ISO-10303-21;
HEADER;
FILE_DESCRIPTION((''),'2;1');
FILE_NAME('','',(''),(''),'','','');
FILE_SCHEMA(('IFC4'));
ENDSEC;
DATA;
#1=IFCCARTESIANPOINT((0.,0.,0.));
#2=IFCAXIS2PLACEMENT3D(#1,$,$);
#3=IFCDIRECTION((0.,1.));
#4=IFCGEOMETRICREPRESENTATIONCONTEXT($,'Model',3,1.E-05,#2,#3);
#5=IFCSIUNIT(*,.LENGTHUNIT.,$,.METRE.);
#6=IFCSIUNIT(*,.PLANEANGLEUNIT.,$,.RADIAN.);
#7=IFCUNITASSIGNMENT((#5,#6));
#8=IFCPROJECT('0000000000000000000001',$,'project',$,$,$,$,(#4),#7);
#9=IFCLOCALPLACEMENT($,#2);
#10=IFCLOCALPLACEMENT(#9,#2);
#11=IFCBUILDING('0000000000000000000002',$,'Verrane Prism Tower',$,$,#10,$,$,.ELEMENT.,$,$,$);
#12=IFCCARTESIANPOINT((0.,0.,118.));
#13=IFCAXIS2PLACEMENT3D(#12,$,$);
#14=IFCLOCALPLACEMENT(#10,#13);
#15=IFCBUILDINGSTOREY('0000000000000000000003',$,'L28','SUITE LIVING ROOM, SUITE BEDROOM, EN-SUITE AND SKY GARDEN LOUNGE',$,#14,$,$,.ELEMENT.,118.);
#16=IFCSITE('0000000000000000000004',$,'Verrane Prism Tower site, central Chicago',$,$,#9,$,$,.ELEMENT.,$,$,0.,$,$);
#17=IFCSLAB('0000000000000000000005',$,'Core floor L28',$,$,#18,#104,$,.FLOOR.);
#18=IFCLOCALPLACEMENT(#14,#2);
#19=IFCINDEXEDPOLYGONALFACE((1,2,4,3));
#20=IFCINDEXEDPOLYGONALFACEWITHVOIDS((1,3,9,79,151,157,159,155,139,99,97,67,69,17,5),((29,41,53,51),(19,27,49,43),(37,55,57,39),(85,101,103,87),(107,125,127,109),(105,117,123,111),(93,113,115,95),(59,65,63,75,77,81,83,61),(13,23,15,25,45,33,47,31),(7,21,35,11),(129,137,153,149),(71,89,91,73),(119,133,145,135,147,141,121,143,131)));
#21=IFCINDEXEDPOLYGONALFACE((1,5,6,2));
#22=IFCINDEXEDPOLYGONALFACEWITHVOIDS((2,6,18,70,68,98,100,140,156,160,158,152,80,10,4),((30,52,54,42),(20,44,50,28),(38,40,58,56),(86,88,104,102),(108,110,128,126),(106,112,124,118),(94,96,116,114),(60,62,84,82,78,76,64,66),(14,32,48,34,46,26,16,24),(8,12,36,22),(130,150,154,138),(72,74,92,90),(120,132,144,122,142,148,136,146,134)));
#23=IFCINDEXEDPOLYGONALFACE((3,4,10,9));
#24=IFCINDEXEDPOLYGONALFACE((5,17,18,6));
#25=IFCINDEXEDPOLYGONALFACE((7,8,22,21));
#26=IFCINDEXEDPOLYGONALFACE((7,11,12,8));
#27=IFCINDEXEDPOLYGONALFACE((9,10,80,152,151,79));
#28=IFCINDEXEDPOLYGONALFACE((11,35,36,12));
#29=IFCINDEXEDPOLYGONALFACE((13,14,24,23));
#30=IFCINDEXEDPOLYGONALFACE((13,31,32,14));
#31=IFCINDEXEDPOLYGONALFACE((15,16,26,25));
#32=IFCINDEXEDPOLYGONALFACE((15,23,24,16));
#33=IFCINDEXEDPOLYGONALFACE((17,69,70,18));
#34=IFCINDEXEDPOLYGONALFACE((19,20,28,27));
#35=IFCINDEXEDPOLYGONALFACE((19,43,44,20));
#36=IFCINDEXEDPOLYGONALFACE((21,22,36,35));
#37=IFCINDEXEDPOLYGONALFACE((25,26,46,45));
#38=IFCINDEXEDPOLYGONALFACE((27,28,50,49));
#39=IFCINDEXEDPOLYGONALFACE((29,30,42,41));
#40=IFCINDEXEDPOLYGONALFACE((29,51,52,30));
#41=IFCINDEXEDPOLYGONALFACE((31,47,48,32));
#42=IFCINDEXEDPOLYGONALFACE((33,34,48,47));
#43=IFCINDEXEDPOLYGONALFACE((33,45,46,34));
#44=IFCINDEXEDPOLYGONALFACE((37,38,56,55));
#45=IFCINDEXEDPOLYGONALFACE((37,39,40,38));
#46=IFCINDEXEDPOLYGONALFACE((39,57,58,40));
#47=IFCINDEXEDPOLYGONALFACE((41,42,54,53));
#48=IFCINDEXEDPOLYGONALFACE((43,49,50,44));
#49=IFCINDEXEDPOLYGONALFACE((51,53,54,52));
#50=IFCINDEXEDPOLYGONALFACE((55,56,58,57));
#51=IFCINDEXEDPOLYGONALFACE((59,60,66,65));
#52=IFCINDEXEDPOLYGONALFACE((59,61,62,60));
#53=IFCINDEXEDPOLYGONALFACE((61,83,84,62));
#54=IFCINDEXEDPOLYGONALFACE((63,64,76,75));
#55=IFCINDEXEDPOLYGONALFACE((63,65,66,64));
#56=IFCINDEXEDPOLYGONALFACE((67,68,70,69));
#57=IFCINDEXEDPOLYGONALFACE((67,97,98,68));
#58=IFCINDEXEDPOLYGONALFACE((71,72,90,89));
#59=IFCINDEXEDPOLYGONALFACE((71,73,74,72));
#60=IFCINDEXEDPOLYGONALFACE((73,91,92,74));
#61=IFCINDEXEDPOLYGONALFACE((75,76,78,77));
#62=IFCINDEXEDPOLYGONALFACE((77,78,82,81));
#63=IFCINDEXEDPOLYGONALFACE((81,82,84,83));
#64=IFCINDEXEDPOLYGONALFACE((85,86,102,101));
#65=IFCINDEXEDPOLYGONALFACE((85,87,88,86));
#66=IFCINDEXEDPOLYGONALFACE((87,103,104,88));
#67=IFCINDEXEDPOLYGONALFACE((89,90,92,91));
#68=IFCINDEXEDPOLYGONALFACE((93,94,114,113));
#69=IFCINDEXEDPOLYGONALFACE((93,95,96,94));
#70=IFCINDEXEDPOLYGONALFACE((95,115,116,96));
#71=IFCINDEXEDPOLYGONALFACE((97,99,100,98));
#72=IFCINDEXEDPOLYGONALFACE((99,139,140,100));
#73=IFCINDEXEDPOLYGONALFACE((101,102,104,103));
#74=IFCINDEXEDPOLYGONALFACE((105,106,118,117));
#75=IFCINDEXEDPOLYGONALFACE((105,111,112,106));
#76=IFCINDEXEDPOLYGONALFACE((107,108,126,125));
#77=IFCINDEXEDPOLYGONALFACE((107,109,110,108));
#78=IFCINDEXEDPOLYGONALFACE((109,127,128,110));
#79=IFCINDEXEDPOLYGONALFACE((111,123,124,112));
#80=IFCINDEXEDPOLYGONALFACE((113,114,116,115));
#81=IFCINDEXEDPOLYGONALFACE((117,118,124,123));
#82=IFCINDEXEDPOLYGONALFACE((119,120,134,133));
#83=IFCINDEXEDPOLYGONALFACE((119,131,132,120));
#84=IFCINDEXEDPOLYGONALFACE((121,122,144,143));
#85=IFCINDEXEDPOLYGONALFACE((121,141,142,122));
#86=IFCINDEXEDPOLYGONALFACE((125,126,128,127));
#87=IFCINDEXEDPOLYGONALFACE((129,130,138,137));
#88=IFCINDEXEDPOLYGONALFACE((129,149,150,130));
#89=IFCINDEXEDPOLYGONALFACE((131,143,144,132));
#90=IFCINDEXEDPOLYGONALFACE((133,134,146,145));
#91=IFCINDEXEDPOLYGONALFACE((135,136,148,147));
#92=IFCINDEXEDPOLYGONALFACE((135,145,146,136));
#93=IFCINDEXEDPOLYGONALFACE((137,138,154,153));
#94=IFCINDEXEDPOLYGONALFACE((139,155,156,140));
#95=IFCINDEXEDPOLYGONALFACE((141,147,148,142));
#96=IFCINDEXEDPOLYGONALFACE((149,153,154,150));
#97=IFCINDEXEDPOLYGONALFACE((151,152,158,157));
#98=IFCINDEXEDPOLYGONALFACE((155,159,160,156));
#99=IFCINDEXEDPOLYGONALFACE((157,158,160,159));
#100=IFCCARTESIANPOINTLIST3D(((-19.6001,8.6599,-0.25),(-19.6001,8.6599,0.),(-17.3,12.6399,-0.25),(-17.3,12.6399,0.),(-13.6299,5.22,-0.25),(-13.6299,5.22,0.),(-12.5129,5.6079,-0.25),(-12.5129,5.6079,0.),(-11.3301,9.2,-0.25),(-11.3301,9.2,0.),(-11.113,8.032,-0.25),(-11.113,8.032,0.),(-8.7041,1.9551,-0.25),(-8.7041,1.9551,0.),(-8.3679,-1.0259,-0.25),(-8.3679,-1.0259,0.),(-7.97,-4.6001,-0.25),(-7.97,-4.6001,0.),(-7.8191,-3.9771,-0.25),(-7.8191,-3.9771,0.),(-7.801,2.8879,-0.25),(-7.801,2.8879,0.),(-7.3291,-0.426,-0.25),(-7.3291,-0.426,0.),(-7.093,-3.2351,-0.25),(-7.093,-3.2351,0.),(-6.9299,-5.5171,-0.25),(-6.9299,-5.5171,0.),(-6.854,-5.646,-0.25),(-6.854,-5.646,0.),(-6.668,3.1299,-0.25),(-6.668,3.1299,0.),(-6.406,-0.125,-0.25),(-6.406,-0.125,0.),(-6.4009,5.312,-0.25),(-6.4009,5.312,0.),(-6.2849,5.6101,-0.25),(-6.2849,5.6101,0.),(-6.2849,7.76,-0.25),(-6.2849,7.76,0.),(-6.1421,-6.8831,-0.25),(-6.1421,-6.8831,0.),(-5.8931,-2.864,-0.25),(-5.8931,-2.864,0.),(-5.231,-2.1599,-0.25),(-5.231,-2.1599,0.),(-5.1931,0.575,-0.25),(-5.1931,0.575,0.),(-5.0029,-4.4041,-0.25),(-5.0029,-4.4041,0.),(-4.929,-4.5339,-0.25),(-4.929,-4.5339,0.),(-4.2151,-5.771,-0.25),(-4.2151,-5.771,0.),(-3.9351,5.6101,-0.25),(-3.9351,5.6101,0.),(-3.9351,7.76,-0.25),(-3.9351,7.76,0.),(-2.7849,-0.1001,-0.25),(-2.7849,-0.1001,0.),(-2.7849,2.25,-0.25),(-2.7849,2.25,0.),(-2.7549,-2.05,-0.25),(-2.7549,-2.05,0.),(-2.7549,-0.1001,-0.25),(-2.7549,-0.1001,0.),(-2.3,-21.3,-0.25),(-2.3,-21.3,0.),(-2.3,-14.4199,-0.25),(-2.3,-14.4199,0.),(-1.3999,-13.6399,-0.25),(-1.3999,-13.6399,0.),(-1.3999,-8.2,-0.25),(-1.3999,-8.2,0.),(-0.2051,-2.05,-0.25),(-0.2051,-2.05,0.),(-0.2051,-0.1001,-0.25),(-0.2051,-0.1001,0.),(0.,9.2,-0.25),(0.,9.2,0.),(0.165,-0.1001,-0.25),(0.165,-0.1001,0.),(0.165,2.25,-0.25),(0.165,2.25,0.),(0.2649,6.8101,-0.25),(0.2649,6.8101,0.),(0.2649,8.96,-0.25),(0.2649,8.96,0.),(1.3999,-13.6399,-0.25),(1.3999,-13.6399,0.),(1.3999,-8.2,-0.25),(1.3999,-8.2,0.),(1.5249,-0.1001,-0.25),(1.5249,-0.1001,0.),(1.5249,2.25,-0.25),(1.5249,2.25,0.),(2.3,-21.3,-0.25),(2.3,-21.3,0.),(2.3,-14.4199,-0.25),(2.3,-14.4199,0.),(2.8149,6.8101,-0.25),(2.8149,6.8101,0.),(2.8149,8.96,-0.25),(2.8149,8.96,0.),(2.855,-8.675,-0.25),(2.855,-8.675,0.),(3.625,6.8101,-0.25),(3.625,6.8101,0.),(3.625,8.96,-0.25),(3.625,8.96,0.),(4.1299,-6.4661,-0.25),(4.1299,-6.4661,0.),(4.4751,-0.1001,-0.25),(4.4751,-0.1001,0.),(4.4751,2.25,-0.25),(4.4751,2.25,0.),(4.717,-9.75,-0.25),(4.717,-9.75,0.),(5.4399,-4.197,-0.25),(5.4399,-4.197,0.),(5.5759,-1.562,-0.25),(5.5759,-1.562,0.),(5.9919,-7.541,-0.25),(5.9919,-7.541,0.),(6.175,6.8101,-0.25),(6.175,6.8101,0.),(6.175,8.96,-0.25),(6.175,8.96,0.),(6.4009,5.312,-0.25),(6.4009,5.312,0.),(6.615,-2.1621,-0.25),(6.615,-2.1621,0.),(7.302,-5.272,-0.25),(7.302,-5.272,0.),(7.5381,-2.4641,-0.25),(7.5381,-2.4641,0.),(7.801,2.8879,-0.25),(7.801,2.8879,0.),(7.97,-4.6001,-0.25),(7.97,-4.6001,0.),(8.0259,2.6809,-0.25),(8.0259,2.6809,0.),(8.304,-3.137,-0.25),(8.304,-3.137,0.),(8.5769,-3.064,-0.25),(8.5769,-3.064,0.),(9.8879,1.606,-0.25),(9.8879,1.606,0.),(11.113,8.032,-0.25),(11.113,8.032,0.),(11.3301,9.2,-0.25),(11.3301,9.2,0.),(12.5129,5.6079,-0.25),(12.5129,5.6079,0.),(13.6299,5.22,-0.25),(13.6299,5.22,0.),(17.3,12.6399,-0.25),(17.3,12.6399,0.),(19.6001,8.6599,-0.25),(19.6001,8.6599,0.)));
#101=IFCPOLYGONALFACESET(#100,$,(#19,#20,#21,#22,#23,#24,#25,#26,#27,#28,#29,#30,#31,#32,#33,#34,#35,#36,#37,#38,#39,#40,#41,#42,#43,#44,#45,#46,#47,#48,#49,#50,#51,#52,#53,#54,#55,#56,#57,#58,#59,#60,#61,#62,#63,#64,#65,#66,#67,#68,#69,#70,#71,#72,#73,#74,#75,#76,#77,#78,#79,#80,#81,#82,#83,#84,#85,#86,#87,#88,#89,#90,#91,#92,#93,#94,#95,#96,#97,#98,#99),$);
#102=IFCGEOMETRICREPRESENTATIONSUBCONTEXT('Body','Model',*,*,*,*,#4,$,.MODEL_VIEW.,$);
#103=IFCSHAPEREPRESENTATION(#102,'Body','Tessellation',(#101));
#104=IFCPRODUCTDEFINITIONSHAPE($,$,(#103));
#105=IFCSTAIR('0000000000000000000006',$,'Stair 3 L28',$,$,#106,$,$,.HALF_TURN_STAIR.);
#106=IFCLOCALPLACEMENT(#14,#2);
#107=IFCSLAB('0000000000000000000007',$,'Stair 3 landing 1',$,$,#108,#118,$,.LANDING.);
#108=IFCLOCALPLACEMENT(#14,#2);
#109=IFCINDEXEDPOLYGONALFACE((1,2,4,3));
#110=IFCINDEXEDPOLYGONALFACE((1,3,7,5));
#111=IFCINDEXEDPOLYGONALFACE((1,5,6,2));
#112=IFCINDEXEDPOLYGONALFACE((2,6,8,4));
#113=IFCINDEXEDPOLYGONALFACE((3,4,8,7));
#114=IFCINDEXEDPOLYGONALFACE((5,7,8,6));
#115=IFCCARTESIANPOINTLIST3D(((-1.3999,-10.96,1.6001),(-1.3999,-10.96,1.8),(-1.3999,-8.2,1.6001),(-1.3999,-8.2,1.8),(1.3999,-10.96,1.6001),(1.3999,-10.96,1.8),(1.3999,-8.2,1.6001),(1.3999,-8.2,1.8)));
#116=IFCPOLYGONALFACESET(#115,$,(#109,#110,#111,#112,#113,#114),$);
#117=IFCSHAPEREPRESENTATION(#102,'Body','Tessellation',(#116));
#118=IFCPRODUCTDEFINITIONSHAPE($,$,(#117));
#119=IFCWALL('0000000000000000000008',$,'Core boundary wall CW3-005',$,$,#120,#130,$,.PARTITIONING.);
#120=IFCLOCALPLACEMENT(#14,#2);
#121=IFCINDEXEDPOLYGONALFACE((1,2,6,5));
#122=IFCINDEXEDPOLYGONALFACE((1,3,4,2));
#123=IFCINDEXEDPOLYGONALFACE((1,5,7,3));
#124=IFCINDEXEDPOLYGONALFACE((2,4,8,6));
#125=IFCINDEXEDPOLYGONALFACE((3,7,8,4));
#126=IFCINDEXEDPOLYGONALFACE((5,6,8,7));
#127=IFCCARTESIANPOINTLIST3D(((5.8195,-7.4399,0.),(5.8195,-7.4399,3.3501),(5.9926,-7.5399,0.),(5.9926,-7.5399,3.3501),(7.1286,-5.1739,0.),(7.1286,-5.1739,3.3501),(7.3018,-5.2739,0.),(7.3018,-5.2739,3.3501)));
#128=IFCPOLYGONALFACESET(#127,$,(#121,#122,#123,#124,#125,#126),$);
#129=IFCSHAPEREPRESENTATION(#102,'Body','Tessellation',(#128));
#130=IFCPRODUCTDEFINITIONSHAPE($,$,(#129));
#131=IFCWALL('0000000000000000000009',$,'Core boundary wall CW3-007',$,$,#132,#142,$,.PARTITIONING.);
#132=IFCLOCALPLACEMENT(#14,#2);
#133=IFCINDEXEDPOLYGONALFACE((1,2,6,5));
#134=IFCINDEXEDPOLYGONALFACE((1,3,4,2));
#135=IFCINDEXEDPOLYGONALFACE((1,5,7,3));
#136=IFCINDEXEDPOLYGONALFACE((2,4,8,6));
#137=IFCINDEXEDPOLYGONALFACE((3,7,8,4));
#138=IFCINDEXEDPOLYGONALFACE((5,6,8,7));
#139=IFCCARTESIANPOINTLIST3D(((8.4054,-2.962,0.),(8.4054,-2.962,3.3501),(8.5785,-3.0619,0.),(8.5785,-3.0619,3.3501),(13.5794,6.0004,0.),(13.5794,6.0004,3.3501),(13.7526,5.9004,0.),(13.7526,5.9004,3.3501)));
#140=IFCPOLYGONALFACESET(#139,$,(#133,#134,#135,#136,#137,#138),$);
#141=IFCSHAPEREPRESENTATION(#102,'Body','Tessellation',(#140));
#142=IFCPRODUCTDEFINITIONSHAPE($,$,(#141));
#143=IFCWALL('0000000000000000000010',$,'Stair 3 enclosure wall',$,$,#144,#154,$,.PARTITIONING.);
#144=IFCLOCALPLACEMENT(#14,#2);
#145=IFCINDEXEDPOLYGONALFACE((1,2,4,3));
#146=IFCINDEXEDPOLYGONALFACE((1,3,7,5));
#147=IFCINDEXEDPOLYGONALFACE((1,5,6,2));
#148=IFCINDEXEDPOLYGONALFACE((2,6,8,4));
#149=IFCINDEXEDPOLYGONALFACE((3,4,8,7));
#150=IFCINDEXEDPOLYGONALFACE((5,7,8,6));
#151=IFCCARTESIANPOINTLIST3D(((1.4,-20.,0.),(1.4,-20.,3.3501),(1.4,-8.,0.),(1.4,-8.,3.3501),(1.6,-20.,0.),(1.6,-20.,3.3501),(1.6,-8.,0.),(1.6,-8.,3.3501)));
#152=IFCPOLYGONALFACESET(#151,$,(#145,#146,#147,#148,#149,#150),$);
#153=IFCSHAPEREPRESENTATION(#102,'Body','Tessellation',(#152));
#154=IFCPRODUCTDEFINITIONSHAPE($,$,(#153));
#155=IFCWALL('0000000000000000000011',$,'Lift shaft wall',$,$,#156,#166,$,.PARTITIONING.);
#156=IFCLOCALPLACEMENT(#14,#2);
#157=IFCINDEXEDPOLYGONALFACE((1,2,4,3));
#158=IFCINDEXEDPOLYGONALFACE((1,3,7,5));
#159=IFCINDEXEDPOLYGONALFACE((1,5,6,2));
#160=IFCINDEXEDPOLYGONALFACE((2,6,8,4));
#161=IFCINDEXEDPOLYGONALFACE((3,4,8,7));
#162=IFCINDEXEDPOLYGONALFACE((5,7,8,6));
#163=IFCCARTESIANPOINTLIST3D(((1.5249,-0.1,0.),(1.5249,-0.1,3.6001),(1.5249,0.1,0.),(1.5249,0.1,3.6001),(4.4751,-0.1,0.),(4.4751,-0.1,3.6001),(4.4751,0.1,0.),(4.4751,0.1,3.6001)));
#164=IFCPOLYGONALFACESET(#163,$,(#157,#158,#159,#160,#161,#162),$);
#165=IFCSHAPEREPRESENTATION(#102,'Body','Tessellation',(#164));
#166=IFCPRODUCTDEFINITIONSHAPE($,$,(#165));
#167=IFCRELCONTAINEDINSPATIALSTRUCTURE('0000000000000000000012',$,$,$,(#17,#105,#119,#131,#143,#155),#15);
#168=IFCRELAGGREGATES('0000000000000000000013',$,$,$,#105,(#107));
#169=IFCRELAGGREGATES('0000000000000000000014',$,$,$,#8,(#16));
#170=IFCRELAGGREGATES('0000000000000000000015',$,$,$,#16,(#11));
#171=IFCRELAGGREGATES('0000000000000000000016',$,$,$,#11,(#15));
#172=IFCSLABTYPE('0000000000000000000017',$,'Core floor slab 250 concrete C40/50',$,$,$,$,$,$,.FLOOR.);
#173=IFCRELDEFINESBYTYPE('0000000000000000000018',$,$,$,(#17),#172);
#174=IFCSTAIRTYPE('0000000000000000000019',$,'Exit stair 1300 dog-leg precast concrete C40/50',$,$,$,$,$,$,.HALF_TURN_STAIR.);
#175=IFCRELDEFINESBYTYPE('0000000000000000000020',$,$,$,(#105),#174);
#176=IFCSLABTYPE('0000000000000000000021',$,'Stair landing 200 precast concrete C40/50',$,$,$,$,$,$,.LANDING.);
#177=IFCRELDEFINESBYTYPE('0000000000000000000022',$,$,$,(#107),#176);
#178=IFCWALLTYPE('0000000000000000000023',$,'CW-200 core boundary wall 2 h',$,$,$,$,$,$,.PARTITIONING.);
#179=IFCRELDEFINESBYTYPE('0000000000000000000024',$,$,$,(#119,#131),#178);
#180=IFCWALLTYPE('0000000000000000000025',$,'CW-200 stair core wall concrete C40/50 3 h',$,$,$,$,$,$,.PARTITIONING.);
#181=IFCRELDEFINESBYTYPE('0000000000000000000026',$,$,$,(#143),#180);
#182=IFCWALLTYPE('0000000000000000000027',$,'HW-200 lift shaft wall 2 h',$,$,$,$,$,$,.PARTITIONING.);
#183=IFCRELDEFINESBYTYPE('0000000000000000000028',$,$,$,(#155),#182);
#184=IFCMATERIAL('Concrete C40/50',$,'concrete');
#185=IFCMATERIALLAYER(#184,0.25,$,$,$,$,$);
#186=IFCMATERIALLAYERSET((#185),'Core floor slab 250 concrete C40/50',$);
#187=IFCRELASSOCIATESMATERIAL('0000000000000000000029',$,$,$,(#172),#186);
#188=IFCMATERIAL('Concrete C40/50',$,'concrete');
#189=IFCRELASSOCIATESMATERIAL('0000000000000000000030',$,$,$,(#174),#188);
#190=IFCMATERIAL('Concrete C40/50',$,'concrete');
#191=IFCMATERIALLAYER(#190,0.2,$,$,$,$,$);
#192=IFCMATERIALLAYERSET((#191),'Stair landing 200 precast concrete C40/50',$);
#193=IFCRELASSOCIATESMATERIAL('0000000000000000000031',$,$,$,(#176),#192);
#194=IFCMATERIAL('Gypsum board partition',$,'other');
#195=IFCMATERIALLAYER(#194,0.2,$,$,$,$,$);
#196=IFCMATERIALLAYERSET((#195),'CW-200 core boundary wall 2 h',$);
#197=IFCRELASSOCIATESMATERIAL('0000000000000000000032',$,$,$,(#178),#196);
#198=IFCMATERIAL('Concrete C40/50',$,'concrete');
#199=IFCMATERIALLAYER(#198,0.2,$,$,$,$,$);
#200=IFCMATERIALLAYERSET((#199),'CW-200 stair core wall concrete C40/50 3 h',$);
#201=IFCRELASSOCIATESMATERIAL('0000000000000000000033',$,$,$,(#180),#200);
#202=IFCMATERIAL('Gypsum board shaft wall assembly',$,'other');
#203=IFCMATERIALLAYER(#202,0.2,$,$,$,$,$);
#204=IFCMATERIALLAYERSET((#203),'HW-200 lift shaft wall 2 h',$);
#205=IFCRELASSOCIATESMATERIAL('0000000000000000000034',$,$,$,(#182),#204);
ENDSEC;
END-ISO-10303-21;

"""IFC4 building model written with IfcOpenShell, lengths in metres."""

from ifc_helpers import new_model, si_unit, direction, frame, frame_2d, origin, place, context, subcontext, project, spatial, polyline, rectangle, outline, extrude, material, layer, layer_set, type_object, element, aggregate, save


model = new_model("IFC4")

# Units and contexts
model_context = context("Model", 3, precision=1e-05, world=origin(), true_north=direction((0.0, 1.0)))
body_context = subcontext(model_context, "Body", "Model", "MODEL_VIEW")
ifc_project = project(units=[si_unit("LENGTHUNIT", "METRE"), si_unit("PLANEANGLEUNIT", "RADIAN")], contexts=[model_context])

# Site, building, storey
site_placement = place(None, origin())
site = spatial("IfcSite", under=ifc_project, at=site_placement, Name="Verrane Prism Tower site, central Chicago", CompositionType="ELEMENT", RefElevation=0.0)
building_placement = place(site_placement, origin())
building = spatial("IfcBuilding", under=site, at=building_placement, Name="Verrane Prism Tower", CompositionType="ELEMENT")
storey_placement = place(building_placement, frame((0.0, 0.0, 118.0)))
storey = spatial("IfcBuildingStorey", under=building, at=storey_placement, Name="L28", Description="SUITE LIVING ROOM, SUITE BEDROOM, EN-SUITE AND SKY GARDEN LOUNGE", CompositionType="ELEMENT", Elevation=118.0)

# Slab
ifc_material_1 = material(Name="Concrete C40/50", Category="concrete")
ifc_layer_1 = layer(ifc_material_1, 0.25)
ifc_layer_set_1 = layer_set([ifc_layer_1], Name="Core floor slab 250 concrete C40/50")
slab_type_1 = type_object("IfcSlabType", Name="Core floor slab 250 concrete C40/50", PredefinedType="FLOOR", material=ifc_layer_set_1)
slab_1_placement = place(storey_placement, frame((0.0, 0.0, -0.25)))
element("IfcSlab", 1, at=slab_1_placement, inside=storey, type_object=slab_type_1, Name="Core floor L28", PredefinedType="FLOOR", context=body_context, shape_type="SweptSolid", body=[
    extrude(outline(polyline([(13.6299, 5.22), (19.6001, 8.6599), (17.3, 12.6399), (11.3301, 9.2), (0.0, 9.2), (-11.3301, 9.2), (-17.3, 12.6399), (-19.6001, 8.6599), (-13.6299, 5.22), (-7.97, -4.6001), (-2.3, -14.4199), (-2.3, -21.3), (2.3, -21.3), (2.3, -14.4199), (7.97, -4.6001), (13.6299, 5.22)]), holes=[polyline([(1.3999, -8.2), (1.3999, -13.6399), (-1.3999, -13.6399), (-1.3999, -8.2), (1.3999, -8.2)]), polyline([(-4.2151, -5.771), (-6.1421, -6.8831), (-6.854, -5.646), (-4.929, -4.5339), (-4.2151, -5.771)]), polyline([(-5.0029, -4.4041), (-6.9299, -5.5171), (-7.8191, -3.9771), (-5.8931, -2.864), (-5.0029, -4.4041)]), polyline([(0.165, 2.25), (0.165, -0.1001), (-0.2051, -0.1001), (-0.2051, -2.05), (-2.7549, -2.05), (-2.7549, -0.1001), (-2.7849, -0.1001), (-2.7849, 2.25), (0.165, 2.25)]), polyline([(-12.5129, 5.6079), (-11.113, 8.032), (-6.4009, 5.312), (-7.801, 2.8879), (-12.5129, 5.6079)]), polyline([(-6.2849, 5.6101), (-6.2849, 7.76), (-3.9351, 7.76), (-3.9351, 5.6101), (-6.2849, 5.6101)]), polyline([(4.717, -9.75), (2.855, -8.675), (4.1299, -6.4661), (5.9919, -7.541), (4.717, -9.75)]), polyline([(8.304, -3.137), (5.5759, -1.562), (8.0259, 2.6809), (9.8879, 1.606), (7.5381, -2.4641), (8.5769, -3.064), (7.302, -5.272), (5.4399, -4.197), (6.615, -2.1621), (8.304, -3.137)]), polyline([(1.5249, -0.1001), (1.5249, 2.25), (4.4751, 2.25), (4.4751, -0.1001), (1.5249, -0.1001)]), polyline([(6.4009, 5.312), (11.113, 8.032), (12.5129, 5.6079), (7.801, 2.8879), (6.4009, 5.312)]), polyline([(0.2649, 6.8101), (0.2649, 8.96), (2.8149, 8.96), (2.8149, 6.8101), (0.2649, 6.8101)]), polyline([(3.625, 6.8101), (3.625, 8.96), (6.175, 8.96), (6.175, 6.8101), (3.625, 6.8101)]), polyline([(-5.231, -2.1599), (-7.093, -3.2351), (-8.3679, -1.0259), (-7.3291, -0.426), (-8.7041, 1.9551), (-6.668, 3.1299), (-5.1931, 0.575), (-6.406, -0.125), (-5.231, -2.1599)])]), origin(), (0.0, 0.0, 1.0), 0.25),
])

# Stair, slab
ifc_material_2 = material(Name="Concrete C40/50", Category="concrete")
stair_type = type_object("IfcStairType", Name="Exit stair 1300 dog-leg precast concrete C40/50", PredefinedType="HALF_TURN_STAIR", material=ifc_material_2)
stair_placement = place(storey_placement, origin())
stair = element("IfcStair", 2, at=stair_placement, inside=storey, type_object=stair_type, Name="Stair 3 L28", PredefinedType="HALF_TURN_STAIR")
ifc_material_3 = material(Name="Concrete C40/50", Category="concrete")
ifc_layer_2 = layer(ifc_material_3, 0.2)
ifc_layer_set_2 = layer_set([ifc_layer_2], Name="Stair landing 200 precast concrete C40/50")
slab_type_2 = type_object("IfcSlabType", Name="Stair landing 200 precast concrete C40/50", PredefinedType="LANDING", material=ifc_layer_set_2)
slab_2_placement = place(storey_placement, frame((0.0, 0.0, 1.6001)))
slab_2 = element("IfcSlab", 3, at=slab_2_placement, type_object=slab_type_2, Name="Stair 3 landing 1", PredefinedType="LANDING", context=body_context, shape_type="SweptSolid", body=[
    extrude(outline(polyline([(1.3999, -10.96), (1.3999, -8.2), (-1.3999, -8.2), (-1.3999, -10.96), (1.3999, -10.96)])), origin(), (0.0, 0.0, 1.0), 0.2),
])
aggregate(stair, [slab_2])

# Walls
ifc_material_4 = material(Name="Gypsum board partition", Category="other")
ifc_layer_3 = layer(ifc_material_4, 0.2)
ifc_layer_set_3 = layer_set([ifc_layer_3], Name="CW-200 core boundary wall 2 h")
wall_type_1 = type_object("IfcWallType", Name="CW-200 core boundary wall 2 h", PredefinedType="PARTITIONING", material=ifc_layer_set_3)
wall_1_placement = place(storey_placement, frame((5.906, -7.49, 0.0), z_axis=(0.0, 0.0, 1.0), x_axis=(0.500253, 0.865879, 0.0)))
element("IfcWall", 4, at=wall_1_placement, inside=storey, type_object=wall_type_1, Name="Core boundary wall CW3-005", PredefinedType="PARTITIONING", context=body_context, shape_type="SweptSolid", body=[
    extrude(rectangle(XDim=2.6169, YDim=0.2, at=frame_2d((1.3086, 0.0))), origin(), (0.0, 0.0, 1.0), 3.3501),
])
wall_2_placement = place(storey_placement, frame((8.4919, -3.012, 0.0), z_axis=(0.0, 0.0, 1.0), x_axis=(0.499973, 0.866041, 0.0)))
element("IfcWall", 5, at=wall_2_placement, inside=storey, type_object=wall_type_1, Name="Core boundary wall CW3-007", PredefinedType="PARTITIONING", context=body_context, shape_type="SweptSolid", body=[
    extrude(rectangle(XDim=10.3486, YDim=0.2, at=frame_2d((5.1743, 0.0))), origin(), (0.0, 0.0, 1.0), 3.3501),
])
ifc_material_5 = material(Name="Concrete C40/50", Category="concrete")
ifc_layer_4 = layer(ifc_material_5, 0.2)
ifc_layer_set_4 = layer_set([ifc_layer_4], Name="CW-200 stair core wall concrete C40/50 3 h")
wall_type_2 = type_object("IfcWallType", Name="CW-200 stair core wall concrete C40/50 3 h", PredefinedType="PARTITIONING", material=ifc_layer_set_4)
wall_3_placement = place(storey_placement, frame((1.5, -8.0, 0.0), z_axis=(0.0, 0.0, 1.0), x_axis=(0.0, -1.0, 0.0)))
element("IfcWall", 6, at=wall_3_placement, inside=storey, type_object=wall_type_2, Name="Stair 3 enclosure wall", PredefinedType="PARTITIONING", context=body_context, shape_type="SweptSolid", body=[
    extrude(rectangle(XDim=12.0, YDim=0.2, at=frame_2d((6.0, 0.0))), origin(), (0.0, 0.0, 1.0), 3.3501),
])
ifc_material_6 = material(Name="Gypsum board shaft wall assembly", Category="other")
ifc_layer_5 = layer(ifc_material_6, 0.2)
ifc_layer_set_5 = layer_set([ifc_layer_5], Name="HW-200 lift shaft wall 2 h")
wall_type_3 = type_object("IfcWallType", Name="HW-200 lift shaft wall 2 h", PredefinedType="PARTITIONING", material=ifc_layer_set_5)
wall_4_placement = place(storey_placement, frame((1.5249, 0.0, 0.0), z_axis=(0.0, 0.0, 1.0), x_axis=(1.0, 0.0, 0.0)))
element("IfcWall", 7, at=wall_4_placement, inside=storey, type_object=wall_type_3, Name="Lift shaft wall", PredefinedType="PARTITIONING", context=body_context, shape_type="SweptSolid", body=[
    extrude(rectangle(XDim=2.9502, YDim=0.2, at=frame_2d((1.4751, 0.0))), origin(), (0.0, 0.0, 1.0), 3.6001),
])

save(model, "model.ifc")
